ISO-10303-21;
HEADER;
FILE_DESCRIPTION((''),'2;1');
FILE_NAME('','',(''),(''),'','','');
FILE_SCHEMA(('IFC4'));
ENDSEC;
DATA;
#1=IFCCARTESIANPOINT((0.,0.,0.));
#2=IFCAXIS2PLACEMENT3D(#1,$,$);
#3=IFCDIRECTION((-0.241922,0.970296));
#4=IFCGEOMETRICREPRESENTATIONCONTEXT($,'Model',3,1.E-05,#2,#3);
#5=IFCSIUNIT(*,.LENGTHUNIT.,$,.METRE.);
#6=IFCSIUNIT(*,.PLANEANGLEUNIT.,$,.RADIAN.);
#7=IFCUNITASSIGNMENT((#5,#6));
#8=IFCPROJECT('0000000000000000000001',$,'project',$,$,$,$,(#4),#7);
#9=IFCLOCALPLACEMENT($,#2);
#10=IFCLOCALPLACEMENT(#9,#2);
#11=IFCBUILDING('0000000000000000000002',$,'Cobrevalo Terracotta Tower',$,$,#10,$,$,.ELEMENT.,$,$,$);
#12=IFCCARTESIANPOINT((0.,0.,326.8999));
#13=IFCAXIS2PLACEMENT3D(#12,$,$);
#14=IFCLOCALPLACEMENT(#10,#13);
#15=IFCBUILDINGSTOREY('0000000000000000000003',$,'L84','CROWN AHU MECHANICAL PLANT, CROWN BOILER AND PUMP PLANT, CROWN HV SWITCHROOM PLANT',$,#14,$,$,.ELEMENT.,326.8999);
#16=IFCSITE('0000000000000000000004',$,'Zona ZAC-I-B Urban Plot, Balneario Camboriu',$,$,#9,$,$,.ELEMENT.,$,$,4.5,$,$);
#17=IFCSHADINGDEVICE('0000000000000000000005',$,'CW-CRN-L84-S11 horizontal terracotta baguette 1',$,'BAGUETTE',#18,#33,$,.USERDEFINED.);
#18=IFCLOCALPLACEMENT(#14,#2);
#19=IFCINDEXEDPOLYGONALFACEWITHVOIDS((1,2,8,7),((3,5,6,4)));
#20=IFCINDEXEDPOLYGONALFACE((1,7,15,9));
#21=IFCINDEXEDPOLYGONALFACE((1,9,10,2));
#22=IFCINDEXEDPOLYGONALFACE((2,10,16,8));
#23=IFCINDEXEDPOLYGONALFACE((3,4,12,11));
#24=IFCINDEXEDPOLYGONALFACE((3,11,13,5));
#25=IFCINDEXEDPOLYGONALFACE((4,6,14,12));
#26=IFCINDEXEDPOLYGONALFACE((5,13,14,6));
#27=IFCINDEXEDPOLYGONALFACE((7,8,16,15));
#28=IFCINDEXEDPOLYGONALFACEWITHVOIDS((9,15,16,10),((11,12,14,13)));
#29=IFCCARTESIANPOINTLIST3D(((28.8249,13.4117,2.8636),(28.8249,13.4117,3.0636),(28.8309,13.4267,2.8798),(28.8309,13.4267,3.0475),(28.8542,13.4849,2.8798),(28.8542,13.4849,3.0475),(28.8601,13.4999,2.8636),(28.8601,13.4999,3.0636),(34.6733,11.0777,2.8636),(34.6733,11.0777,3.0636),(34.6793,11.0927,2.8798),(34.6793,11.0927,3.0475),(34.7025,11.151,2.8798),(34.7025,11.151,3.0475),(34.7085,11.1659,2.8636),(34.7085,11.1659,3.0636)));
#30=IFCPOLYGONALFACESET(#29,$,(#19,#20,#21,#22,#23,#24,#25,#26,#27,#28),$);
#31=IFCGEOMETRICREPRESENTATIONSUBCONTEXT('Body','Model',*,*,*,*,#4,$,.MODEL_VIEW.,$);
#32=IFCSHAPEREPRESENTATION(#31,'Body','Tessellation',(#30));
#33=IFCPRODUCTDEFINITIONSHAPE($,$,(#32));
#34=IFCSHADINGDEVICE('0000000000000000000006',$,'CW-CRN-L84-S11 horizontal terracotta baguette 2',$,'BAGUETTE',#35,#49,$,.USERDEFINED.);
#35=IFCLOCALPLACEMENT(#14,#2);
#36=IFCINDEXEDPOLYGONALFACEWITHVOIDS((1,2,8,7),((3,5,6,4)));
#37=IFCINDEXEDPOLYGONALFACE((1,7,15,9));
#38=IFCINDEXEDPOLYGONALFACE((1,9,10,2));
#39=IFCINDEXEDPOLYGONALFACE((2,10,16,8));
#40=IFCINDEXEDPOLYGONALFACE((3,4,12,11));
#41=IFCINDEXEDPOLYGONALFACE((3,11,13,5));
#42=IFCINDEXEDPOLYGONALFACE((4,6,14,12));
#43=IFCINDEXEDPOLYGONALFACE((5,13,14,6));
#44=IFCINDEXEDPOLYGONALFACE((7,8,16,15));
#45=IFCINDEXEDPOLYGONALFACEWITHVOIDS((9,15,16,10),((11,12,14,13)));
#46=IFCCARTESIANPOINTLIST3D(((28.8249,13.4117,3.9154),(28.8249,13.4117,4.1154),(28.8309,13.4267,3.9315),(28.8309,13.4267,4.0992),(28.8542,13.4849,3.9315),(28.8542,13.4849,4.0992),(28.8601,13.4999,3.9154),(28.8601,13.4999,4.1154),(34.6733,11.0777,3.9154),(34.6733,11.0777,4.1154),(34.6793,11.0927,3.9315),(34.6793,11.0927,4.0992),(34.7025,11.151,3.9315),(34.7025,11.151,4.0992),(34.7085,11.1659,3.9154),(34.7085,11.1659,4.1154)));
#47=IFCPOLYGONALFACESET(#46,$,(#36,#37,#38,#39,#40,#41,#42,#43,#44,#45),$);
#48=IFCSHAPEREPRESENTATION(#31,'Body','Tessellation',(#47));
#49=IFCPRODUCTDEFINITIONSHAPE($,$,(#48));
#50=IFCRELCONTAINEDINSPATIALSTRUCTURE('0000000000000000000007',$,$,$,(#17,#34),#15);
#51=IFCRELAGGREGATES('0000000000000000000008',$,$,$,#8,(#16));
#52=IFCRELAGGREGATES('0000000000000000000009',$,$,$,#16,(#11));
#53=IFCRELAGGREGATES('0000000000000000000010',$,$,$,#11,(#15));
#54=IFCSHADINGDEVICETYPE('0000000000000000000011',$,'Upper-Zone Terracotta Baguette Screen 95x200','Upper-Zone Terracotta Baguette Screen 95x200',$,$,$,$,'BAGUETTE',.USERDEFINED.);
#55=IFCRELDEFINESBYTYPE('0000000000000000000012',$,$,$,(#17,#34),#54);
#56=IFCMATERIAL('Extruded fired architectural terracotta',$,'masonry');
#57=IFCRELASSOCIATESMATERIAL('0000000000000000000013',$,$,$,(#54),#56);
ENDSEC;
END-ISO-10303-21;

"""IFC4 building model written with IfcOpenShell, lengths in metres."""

from ifc_helpers import new_model, si_unit, direction, frame, origin, origin_2d, place, context, subcontext, project, spatial, hollow_rectangle, extrude, source, transform, mapped, material, material_profile, profile_set, type_object, element, save


model = new_model("IFC4")

# Units and contexts
model_context = context("Model", 3, precision=1e-05, world=origin(), true_north=direction((-0.241922, 0.970296)))
body_context = subcontext(model_context, "Body", "Model", "MODEL_VIEW")
ifc_project = project(units=[si_unit("LENGTHUNIT", "METRE"), si_unit("PLANEANGLEUNIT", "RADIAN")], contexts=[model_context])

# Site, building, storey
site_placement = place(None, origin())
site = spatial("IfcSite", under=ifc_project, at=site_placement, Name="Zona ZAC-I-B Urban Plot, Balneario Camboriu", CompositionType="ELEMENT", RefElevation=4.5)
building_placement = place(site_placement, origin())
building = spatial("IfcBuilding", under=site, at=building_placement, Name="Cobrevalo Terracotta Tower", CompositionType="ELEMENT")
storey_placement = place(building_placement, frame((0.0, 0.0, 326.8999)))
storey = spatial("IfcBuildingStorey", under=building, at=storey_placement, Name="L84", Description="CROWN AHU MECHANICAL PLANT, CROWN BOILER AND PUMP PLANT, CROWN HV SWITCHROOM PLANT", CompositionType="ELEMENT", Elevation=326.8999)

# Shading devices
ifc_material_1 = material(Name="Extruded fired architectural terracotta", Category="masonry")
ifc_material_profile_1 = material_profile(ifc_material_1, hollow_rectangle(XDim=0.095, YDim=0.2, WallThickness=0.0161, at=origin_2d()), Name="BAGUETTE 95x200")
ifc_profile_set_1 = profile_set([ifc_material_profile_1], Name="Extruded fired architectural terracotta")
shading_device_type = type_object("IfcShadingDeviceType", Name="Upper-Zone Terracotta Baguette Screen 95x200", Description="Upper-Zone Terracotta Baguette Screen 95x200", ElementType="BAGUETTE", PredefinedType="USERDEFINED", material=ifc_profile_set_1)
shared_shape_1 = source(origin(), body_context, "Body", "SweptSolid", [
    extrude(hollow_rectangle(XDim=0.095, YDim=0.2, WallThickness=0.0161, at=origin_2d()), origin(), (0.0, 0.0, 1.0), 6.2969),
])
for number, where, z_axis, x_axis, name in (
    (1, (28.8425, 13.4558, 2.9636), (0.928771, -0.370655, 0.0), (0.370655, 0.928771, 0.0), "CW-CRN-L84-S11 horizontal terracotta baguette 1"),
    (2, (28.8425, 13.4558, 4.0154), (0.928771, -0.370655, 0.0), (0.370655, 0.928771, 0.0), "CW-CRN-L84-S11 horizontal terracotta baguette 2"),
):
    element("IfcShadingDevice", number, at=place(storey_placement, frame(where, z_axis=z_axis, x_axis=x_axis)), inside=storey, type_object=shading_device_type, Name=name, ObjectType="BAGUETTE", PredefinedType="USERDEFINED", context=body_context, shape_type="MappedRepresentation", body=[
        mapped(shared_shape_1, transform((0.0, 0.0, 0.0), scale=1.0)),
    ])

save(model, "model.ifc")
